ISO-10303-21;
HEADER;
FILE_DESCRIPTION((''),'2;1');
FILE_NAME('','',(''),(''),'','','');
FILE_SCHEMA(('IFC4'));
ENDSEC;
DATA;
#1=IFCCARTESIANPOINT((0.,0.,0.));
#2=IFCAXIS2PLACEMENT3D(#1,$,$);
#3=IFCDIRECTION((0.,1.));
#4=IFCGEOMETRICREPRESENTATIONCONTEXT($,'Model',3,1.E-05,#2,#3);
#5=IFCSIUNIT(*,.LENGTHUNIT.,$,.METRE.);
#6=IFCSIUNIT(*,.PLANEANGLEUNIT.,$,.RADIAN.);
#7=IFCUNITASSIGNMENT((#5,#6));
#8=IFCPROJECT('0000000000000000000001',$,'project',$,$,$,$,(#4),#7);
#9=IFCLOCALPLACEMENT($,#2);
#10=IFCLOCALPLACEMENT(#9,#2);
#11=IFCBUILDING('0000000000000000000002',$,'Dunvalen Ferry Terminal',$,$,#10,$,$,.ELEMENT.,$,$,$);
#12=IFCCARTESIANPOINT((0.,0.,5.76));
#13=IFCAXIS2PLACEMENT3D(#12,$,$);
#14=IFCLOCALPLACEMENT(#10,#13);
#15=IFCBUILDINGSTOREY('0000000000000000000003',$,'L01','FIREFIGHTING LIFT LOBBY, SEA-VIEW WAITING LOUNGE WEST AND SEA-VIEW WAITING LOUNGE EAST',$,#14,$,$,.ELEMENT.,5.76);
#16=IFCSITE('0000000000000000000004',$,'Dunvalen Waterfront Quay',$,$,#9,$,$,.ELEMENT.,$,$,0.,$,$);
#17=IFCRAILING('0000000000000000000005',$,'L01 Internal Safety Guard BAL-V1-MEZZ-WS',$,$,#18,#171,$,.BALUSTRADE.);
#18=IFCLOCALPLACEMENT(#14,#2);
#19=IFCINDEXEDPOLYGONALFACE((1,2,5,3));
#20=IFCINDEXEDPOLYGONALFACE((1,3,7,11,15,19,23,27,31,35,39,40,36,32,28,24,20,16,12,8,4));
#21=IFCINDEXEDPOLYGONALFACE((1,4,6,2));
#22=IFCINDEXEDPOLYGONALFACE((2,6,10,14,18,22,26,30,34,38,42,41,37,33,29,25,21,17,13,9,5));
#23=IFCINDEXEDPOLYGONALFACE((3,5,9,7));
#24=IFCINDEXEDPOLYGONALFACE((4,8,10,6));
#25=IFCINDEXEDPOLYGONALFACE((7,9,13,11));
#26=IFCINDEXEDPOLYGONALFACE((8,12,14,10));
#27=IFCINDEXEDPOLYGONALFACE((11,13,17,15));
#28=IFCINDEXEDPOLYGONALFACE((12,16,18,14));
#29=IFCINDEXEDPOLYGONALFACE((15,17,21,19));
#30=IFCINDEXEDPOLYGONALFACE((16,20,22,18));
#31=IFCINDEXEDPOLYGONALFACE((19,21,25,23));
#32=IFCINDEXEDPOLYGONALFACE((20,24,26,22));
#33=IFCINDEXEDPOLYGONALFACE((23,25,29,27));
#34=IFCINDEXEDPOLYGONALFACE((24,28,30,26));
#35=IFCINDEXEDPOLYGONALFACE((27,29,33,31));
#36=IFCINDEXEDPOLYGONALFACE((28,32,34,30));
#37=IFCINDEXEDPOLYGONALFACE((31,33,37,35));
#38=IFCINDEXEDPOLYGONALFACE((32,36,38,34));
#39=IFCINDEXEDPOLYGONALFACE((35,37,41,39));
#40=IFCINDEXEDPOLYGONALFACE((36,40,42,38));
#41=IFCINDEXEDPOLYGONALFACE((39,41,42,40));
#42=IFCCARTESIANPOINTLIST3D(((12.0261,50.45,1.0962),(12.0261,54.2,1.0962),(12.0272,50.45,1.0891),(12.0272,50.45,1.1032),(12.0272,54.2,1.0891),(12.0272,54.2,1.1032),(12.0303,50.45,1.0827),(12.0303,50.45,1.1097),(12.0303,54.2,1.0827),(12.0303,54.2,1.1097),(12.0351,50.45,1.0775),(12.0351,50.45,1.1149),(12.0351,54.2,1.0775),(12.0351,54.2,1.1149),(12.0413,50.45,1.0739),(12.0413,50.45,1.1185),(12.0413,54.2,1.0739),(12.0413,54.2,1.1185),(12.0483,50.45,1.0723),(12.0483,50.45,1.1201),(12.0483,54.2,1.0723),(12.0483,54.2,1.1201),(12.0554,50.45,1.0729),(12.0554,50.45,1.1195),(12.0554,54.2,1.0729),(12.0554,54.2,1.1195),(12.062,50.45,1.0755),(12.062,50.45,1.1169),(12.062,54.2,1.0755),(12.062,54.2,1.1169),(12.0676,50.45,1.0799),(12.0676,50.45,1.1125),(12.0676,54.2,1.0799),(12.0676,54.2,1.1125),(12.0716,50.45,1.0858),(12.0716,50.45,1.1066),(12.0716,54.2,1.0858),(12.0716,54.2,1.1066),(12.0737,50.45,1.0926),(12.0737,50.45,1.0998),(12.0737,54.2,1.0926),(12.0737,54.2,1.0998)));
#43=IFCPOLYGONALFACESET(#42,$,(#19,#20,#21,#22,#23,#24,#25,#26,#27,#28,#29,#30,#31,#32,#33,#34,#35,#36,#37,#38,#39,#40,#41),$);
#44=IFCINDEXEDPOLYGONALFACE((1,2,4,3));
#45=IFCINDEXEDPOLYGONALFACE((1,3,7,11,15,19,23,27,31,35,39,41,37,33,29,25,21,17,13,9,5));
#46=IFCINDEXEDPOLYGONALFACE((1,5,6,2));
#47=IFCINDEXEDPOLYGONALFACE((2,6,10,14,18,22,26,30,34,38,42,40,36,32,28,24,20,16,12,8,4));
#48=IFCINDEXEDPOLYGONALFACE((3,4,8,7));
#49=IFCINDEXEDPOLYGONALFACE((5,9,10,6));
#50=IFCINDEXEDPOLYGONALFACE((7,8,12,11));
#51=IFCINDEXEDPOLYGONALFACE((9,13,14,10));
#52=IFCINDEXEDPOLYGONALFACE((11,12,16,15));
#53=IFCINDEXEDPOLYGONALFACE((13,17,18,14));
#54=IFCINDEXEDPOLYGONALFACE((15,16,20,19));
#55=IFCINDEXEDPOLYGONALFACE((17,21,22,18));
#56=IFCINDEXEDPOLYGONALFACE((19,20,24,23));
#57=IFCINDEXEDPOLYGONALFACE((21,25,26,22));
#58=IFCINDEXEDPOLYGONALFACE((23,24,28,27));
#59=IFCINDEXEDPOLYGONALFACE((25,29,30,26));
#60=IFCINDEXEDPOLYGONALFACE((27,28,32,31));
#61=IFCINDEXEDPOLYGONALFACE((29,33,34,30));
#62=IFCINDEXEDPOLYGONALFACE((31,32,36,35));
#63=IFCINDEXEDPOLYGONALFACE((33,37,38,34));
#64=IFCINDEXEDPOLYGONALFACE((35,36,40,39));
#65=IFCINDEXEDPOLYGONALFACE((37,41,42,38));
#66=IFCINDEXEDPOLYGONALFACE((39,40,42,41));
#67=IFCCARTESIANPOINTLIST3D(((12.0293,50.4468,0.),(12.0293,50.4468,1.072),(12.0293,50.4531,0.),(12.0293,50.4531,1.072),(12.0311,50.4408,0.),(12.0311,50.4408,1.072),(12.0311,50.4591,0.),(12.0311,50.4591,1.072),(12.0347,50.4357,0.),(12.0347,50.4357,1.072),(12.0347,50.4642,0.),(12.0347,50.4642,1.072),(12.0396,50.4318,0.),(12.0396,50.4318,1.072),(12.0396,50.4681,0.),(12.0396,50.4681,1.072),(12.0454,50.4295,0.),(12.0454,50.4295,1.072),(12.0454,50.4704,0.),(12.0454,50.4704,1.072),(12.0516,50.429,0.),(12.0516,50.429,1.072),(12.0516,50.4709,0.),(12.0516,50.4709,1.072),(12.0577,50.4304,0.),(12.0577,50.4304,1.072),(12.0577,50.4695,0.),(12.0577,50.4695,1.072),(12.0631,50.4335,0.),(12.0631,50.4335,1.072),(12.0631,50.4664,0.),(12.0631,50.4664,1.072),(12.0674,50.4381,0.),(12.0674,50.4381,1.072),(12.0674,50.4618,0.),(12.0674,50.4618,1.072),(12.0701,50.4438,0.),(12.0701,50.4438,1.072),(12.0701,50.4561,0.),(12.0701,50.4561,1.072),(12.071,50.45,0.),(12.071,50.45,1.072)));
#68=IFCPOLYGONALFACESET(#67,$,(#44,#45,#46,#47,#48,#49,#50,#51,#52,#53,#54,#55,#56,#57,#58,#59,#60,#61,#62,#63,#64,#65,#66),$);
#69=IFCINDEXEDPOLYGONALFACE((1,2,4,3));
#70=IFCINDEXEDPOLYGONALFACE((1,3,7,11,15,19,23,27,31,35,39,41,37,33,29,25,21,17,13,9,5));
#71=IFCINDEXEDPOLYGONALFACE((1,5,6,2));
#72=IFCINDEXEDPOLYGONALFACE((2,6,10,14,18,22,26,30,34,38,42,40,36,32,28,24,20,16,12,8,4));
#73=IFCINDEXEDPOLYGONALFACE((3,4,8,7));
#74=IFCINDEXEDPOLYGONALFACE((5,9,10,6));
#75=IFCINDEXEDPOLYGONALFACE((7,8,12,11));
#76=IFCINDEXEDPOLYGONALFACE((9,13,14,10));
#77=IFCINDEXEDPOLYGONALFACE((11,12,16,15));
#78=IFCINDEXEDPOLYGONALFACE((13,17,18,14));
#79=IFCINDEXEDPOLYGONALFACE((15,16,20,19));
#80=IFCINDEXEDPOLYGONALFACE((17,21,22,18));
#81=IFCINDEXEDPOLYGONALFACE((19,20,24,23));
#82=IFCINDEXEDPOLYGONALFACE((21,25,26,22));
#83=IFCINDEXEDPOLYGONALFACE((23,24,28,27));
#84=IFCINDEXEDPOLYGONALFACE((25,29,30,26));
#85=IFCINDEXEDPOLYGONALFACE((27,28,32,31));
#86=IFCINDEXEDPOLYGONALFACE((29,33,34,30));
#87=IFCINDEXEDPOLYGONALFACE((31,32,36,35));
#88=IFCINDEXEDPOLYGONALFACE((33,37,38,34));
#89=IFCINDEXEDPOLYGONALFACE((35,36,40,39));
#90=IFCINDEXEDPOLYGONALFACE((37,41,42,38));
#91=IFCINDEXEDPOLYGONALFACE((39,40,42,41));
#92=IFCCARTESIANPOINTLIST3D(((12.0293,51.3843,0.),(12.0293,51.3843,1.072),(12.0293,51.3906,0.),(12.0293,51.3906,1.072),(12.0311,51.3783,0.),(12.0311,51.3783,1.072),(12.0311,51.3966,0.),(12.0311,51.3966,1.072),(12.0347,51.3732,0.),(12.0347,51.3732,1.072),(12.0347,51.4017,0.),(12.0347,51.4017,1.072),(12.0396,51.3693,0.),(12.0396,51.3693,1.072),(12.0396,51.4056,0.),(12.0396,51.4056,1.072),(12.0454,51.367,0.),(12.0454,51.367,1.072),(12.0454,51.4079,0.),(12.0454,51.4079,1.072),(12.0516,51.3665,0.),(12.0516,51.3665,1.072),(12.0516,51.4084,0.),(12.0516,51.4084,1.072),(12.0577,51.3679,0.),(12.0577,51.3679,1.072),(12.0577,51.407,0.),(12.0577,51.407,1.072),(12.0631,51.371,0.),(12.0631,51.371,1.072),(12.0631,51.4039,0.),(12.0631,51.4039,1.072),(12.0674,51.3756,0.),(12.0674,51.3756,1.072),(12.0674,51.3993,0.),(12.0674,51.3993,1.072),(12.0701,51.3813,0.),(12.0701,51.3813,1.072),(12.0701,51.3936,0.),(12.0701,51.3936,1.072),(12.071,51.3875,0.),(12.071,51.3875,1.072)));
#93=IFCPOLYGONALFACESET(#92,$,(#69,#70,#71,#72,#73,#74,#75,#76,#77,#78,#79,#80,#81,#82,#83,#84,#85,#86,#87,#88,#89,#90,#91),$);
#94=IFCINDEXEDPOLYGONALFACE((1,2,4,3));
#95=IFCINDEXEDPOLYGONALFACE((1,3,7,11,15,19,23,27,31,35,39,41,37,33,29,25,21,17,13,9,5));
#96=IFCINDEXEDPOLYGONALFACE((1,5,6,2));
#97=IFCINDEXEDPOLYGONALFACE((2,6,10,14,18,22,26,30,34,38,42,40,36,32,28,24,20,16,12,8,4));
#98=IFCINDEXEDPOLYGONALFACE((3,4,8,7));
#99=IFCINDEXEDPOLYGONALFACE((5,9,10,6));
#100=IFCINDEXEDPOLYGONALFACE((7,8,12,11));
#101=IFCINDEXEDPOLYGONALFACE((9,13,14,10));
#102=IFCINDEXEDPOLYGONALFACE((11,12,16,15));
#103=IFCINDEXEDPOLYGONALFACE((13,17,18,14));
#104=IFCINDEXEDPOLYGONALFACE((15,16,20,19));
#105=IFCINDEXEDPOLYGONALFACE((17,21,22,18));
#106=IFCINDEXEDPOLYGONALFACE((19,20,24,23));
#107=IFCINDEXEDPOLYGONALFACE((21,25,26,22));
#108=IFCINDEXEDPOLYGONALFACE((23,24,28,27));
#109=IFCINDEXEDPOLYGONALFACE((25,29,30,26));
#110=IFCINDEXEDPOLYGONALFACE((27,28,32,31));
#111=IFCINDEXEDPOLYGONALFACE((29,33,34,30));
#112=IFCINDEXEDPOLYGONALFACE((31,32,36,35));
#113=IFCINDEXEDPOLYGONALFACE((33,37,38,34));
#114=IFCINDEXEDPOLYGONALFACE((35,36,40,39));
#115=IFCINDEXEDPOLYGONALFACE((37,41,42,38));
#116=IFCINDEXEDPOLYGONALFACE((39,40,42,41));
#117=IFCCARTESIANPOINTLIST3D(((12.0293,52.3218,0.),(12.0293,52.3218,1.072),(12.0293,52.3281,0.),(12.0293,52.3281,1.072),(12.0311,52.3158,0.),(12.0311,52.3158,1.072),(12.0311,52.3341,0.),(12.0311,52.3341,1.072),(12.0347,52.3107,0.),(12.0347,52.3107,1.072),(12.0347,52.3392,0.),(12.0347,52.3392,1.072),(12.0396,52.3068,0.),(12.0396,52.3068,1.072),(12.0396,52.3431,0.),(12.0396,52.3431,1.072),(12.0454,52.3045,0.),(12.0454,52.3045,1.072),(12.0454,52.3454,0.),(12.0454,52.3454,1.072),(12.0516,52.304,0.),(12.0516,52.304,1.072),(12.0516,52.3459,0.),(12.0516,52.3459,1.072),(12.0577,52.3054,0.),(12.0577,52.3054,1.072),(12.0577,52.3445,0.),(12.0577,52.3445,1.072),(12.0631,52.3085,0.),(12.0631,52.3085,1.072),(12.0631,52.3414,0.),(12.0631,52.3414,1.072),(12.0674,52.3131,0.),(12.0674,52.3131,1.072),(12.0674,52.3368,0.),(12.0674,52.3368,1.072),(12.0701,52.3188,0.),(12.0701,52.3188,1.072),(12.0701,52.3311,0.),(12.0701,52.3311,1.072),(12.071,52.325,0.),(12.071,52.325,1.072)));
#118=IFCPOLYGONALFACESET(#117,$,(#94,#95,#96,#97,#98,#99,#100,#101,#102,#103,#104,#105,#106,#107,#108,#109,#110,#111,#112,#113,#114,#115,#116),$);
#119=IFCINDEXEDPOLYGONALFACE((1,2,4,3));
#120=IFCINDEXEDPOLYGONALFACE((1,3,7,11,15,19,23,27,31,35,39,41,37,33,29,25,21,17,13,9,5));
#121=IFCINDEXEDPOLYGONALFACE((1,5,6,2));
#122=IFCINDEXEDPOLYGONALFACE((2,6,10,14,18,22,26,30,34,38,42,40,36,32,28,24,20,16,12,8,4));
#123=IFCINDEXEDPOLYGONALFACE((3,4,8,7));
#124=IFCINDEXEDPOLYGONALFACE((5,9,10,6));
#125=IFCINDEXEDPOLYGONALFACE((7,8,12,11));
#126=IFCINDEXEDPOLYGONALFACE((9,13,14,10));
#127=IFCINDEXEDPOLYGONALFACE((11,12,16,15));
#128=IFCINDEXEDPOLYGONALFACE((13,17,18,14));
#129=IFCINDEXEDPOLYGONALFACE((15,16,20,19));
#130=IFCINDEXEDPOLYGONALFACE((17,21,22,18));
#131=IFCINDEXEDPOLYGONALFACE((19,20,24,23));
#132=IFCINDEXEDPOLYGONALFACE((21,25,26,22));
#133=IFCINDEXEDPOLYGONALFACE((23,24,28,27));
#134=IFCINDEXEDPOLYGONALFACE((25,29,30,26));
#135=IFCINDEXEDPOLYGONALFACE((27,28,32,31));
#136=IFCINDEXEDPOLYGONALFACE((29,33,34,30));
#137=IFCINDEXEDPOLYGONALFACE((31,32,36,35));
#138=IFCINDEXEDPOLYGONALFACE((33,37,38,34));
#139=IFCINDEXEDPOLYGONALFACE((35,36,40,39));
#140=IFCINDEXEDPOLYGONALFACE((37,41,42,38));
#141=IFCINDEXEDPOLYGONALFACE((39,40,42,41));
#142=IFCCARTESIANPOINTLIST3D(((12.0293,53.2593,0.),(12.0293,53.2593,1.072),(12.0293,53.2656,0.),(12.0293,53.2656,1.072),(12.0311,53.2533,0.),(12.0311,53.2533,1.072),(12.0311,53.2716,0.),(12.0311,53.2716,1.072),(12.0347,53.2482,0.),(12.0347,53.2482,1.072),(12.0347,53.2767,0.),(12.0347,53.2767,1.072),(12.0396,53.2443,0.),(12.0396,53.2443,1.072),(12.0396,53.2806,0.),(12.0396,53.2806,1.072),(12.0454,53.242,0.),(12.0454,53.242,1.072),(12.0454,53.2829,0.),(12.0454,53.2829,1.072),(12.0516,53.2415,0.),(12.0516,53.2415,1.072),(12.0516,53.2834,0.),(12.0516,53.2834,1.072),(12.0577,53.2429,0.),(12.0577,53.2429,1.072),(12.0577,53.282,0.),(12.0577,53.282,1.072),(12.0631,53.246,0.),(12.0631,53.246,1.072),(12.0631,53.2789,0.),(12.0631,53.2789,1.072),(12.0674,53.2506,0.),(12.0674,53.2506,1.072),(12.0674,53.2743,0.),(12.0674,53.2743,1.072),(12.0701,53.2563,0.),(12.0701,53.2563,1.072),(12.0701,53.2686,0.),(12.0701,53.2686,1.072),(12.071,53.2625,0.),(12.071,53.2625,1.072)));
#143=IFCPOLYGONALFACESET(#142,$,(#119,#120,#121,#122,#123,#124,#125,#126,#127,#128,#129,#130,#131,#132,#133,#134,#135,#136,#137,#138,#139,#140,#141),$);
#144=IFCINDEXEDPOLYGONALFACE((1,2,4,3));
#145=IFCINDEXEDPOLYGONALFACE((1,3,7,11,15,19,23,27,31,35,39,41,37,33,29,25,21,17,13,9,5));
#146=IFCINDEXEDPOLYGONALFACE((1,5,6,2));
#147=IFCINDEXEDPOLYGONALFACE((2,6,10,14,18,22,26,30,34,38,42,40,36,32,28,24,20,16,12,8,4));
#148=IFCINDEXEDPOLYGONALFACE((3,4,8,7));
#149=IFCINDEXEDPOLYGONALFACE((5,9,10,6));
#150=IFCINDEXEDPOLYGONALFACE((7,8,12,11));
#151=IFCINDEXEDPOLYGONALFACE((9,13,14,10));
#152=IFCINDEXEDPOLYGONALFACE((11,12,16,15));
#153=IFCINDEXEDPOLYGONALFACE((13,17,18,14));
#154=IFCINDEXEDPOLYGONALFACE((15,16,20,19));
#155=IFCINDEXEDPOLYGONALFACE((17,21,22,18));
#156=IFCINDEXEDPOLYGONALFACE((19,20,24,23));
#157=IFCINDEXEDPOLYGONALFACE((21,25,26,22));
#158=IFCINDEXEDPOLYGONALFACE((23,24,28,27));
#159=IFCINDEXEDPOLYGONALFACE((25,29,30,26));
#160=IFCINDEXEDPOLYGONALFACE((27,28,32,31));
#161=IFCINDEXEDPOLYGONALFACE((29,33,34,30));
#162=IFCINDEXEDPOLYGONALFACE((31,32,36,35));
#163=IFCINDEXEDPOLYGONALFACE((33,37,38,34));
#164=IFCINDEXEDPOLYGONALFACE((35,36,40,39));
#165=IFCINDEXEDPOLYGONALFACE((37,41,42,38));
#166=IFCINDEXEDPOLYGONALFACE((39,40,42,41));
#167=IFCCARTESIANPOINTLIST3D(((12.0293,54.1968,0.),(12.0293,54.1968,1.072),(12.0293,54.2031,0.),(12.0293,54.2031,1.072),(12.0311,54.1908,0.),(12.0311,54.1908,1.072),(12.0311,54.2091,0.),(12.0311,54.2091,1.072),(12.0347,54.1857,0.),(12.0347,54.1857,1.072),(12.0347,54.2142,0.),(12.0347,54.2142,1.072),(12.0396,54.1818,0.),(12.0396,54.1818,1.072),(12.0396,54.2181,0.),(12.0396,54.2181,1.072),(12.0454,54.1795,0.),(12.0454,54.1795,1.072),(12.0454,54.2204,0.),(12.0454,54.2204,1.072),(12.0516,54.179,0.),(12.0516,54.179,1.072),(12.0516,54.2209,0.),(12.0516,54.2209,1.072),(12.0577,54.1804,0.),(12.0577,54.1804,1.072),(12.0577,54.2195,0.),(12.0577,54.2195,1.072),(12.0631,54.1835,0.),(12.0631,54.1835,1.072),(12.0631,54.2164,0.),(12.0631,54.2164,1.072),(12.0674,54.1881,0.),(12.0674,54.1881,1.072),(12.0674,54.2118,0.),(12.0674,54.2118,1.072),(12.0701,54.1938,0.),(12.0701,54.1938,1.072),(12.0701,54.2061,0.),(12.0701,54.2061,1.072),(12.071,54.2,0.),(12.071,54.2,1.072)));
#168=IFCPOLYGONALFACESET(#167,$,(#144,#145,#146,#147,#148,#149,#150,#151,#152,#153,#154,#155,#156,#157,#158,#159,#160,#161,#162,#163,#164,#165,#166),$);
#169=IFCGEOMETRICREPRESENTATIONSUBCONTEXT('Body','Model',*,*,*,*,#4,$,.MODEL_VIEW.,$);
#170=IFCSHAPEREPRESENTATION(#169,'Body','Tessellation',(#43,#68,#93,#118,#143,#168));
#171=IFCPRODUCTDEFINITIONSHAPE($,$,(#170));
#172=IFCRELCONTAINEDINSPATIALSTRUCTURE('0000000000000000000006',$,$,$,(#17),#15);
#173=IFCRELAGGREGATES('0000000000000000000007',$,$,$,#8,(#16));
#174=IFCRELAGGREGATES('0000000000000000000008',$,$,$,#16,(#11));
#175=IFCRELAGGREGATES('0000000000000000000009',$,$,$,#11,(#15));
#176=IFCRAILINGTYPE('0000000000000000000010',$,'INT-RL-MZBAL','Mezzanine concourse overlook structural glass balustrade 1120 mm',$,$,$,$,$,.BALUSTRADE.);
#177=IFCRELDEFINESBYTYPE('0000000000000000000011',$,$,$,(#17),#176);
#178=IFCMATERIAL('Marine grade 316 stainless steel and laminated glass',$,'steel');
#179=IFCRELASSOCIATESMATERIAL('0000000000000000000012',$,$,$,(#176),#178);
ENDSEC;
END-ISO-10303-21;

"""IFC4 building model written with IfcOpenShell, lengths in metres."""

from ifc_helpers import new_model, si_unit, direction, frame, origin, origin_2d, place, context, subcontext, project, spatial, circle, extrude, material, type_object, element, save


model = new_model("IFC4")

# Units and contexts
model_context = context("Model", 3, precision=1e-05, world=origin(), true_north=direction((0.0, 1.0)))
body_context = subcontext(model_context, "Body", "Model", "MODEL_VIEW")
ifc_project = project(units=[si_unit("LENGTHUNIT", "METRE"), si_unit("PLANEANGLEUNIT", "RADIAN")], contexts=[model_context])

# Site, building, storey
site_placement = place(None, origin())
site = spatial("IfcSite", under=ifc_project, at=site_placement, Name="Dunvalen Waterfront Quay", CompositionType="ELEMENT", RefElevation=0.0)
building_placement = place(site_placement, origin())
building = spatial("IfcBuilding", under=site, at=building_placement, Name="Dunvalen Ferry Terminal", CompositionType="ELEMENT")
storey_placement = place(building_placement, frame((0.0, 0.0, 5.76)))
storey = spatial("IfcBuildingStorey", under=building, at=storey_placement, Name="L01", Description="FIREFIGHTING LIFT LOBBY, SEA-VIEW WAITING LOUNGE WEST AND SEA-VIEW WAITING LOUNGE EAST", CompositionType="ELEMENT", Elevation=5.76)

# Railing
ifc_material_1 = material(Name="Marine grade 316 stainless steel and laminated glass", Category="steel")
railing_type = type_object("IfcRailingType", Name="INT-RL-MZBAL", Description="Mezzanine concourse overlook structural glass balustrade 1120 mm", PredefinedType="BALUSTRADE", material=ifc_material_1)
railing_placement = place(storey_placement, frame((12.05, 50.45, 0.0)))
element("IfcRailing", 1, at=railing_placement, inside=storey, type_object=railing_type, Name="L01 Internal Safety Guard BAL-V1-MEZZ-WS", PredefinedType="BALUSTRADE", context=body_context, shape_type="SweptSolid", body=[
    extrude(circle(Radius=0.0239, at=origin_2d()), frame((0.0, 0.0, 1.0962), z_axis=(0.0, 1.0, 0.0), x_axis=(-1.0, 0.0, 0.0)), (0.0, 0.0, 1.0), 3.75),
    extrude(circle(Radius=0.021, at=origin_2d()), origin(), (0.0, 0.0, 1.0), 1.072),
    extrude(circle(Radius=0.021, at=origin_2d()), frame((0.0, 0.9375, 0.0)), (0.0, 0.0, 1.0), 1.072),
    extrude(circle(Radius=0.021, at=origin_2d()), frame((0.0, 1.875, 0.0)), (0.0, 0.0, 1.0), 1.072),
    extrude(circle(Radius=0.021, at=origin_2d()), frame((0.0, 2.8125, 0.0)), (0.0, 0.0, 1.0), 1.072),
    extrude(circle(Radius=0.021, at=origin_2d()), frame((0.0, 3.75, 0.0)), (0.0, 0.0, 1.0), 1.072),
])

save(model, "model.ifc")
